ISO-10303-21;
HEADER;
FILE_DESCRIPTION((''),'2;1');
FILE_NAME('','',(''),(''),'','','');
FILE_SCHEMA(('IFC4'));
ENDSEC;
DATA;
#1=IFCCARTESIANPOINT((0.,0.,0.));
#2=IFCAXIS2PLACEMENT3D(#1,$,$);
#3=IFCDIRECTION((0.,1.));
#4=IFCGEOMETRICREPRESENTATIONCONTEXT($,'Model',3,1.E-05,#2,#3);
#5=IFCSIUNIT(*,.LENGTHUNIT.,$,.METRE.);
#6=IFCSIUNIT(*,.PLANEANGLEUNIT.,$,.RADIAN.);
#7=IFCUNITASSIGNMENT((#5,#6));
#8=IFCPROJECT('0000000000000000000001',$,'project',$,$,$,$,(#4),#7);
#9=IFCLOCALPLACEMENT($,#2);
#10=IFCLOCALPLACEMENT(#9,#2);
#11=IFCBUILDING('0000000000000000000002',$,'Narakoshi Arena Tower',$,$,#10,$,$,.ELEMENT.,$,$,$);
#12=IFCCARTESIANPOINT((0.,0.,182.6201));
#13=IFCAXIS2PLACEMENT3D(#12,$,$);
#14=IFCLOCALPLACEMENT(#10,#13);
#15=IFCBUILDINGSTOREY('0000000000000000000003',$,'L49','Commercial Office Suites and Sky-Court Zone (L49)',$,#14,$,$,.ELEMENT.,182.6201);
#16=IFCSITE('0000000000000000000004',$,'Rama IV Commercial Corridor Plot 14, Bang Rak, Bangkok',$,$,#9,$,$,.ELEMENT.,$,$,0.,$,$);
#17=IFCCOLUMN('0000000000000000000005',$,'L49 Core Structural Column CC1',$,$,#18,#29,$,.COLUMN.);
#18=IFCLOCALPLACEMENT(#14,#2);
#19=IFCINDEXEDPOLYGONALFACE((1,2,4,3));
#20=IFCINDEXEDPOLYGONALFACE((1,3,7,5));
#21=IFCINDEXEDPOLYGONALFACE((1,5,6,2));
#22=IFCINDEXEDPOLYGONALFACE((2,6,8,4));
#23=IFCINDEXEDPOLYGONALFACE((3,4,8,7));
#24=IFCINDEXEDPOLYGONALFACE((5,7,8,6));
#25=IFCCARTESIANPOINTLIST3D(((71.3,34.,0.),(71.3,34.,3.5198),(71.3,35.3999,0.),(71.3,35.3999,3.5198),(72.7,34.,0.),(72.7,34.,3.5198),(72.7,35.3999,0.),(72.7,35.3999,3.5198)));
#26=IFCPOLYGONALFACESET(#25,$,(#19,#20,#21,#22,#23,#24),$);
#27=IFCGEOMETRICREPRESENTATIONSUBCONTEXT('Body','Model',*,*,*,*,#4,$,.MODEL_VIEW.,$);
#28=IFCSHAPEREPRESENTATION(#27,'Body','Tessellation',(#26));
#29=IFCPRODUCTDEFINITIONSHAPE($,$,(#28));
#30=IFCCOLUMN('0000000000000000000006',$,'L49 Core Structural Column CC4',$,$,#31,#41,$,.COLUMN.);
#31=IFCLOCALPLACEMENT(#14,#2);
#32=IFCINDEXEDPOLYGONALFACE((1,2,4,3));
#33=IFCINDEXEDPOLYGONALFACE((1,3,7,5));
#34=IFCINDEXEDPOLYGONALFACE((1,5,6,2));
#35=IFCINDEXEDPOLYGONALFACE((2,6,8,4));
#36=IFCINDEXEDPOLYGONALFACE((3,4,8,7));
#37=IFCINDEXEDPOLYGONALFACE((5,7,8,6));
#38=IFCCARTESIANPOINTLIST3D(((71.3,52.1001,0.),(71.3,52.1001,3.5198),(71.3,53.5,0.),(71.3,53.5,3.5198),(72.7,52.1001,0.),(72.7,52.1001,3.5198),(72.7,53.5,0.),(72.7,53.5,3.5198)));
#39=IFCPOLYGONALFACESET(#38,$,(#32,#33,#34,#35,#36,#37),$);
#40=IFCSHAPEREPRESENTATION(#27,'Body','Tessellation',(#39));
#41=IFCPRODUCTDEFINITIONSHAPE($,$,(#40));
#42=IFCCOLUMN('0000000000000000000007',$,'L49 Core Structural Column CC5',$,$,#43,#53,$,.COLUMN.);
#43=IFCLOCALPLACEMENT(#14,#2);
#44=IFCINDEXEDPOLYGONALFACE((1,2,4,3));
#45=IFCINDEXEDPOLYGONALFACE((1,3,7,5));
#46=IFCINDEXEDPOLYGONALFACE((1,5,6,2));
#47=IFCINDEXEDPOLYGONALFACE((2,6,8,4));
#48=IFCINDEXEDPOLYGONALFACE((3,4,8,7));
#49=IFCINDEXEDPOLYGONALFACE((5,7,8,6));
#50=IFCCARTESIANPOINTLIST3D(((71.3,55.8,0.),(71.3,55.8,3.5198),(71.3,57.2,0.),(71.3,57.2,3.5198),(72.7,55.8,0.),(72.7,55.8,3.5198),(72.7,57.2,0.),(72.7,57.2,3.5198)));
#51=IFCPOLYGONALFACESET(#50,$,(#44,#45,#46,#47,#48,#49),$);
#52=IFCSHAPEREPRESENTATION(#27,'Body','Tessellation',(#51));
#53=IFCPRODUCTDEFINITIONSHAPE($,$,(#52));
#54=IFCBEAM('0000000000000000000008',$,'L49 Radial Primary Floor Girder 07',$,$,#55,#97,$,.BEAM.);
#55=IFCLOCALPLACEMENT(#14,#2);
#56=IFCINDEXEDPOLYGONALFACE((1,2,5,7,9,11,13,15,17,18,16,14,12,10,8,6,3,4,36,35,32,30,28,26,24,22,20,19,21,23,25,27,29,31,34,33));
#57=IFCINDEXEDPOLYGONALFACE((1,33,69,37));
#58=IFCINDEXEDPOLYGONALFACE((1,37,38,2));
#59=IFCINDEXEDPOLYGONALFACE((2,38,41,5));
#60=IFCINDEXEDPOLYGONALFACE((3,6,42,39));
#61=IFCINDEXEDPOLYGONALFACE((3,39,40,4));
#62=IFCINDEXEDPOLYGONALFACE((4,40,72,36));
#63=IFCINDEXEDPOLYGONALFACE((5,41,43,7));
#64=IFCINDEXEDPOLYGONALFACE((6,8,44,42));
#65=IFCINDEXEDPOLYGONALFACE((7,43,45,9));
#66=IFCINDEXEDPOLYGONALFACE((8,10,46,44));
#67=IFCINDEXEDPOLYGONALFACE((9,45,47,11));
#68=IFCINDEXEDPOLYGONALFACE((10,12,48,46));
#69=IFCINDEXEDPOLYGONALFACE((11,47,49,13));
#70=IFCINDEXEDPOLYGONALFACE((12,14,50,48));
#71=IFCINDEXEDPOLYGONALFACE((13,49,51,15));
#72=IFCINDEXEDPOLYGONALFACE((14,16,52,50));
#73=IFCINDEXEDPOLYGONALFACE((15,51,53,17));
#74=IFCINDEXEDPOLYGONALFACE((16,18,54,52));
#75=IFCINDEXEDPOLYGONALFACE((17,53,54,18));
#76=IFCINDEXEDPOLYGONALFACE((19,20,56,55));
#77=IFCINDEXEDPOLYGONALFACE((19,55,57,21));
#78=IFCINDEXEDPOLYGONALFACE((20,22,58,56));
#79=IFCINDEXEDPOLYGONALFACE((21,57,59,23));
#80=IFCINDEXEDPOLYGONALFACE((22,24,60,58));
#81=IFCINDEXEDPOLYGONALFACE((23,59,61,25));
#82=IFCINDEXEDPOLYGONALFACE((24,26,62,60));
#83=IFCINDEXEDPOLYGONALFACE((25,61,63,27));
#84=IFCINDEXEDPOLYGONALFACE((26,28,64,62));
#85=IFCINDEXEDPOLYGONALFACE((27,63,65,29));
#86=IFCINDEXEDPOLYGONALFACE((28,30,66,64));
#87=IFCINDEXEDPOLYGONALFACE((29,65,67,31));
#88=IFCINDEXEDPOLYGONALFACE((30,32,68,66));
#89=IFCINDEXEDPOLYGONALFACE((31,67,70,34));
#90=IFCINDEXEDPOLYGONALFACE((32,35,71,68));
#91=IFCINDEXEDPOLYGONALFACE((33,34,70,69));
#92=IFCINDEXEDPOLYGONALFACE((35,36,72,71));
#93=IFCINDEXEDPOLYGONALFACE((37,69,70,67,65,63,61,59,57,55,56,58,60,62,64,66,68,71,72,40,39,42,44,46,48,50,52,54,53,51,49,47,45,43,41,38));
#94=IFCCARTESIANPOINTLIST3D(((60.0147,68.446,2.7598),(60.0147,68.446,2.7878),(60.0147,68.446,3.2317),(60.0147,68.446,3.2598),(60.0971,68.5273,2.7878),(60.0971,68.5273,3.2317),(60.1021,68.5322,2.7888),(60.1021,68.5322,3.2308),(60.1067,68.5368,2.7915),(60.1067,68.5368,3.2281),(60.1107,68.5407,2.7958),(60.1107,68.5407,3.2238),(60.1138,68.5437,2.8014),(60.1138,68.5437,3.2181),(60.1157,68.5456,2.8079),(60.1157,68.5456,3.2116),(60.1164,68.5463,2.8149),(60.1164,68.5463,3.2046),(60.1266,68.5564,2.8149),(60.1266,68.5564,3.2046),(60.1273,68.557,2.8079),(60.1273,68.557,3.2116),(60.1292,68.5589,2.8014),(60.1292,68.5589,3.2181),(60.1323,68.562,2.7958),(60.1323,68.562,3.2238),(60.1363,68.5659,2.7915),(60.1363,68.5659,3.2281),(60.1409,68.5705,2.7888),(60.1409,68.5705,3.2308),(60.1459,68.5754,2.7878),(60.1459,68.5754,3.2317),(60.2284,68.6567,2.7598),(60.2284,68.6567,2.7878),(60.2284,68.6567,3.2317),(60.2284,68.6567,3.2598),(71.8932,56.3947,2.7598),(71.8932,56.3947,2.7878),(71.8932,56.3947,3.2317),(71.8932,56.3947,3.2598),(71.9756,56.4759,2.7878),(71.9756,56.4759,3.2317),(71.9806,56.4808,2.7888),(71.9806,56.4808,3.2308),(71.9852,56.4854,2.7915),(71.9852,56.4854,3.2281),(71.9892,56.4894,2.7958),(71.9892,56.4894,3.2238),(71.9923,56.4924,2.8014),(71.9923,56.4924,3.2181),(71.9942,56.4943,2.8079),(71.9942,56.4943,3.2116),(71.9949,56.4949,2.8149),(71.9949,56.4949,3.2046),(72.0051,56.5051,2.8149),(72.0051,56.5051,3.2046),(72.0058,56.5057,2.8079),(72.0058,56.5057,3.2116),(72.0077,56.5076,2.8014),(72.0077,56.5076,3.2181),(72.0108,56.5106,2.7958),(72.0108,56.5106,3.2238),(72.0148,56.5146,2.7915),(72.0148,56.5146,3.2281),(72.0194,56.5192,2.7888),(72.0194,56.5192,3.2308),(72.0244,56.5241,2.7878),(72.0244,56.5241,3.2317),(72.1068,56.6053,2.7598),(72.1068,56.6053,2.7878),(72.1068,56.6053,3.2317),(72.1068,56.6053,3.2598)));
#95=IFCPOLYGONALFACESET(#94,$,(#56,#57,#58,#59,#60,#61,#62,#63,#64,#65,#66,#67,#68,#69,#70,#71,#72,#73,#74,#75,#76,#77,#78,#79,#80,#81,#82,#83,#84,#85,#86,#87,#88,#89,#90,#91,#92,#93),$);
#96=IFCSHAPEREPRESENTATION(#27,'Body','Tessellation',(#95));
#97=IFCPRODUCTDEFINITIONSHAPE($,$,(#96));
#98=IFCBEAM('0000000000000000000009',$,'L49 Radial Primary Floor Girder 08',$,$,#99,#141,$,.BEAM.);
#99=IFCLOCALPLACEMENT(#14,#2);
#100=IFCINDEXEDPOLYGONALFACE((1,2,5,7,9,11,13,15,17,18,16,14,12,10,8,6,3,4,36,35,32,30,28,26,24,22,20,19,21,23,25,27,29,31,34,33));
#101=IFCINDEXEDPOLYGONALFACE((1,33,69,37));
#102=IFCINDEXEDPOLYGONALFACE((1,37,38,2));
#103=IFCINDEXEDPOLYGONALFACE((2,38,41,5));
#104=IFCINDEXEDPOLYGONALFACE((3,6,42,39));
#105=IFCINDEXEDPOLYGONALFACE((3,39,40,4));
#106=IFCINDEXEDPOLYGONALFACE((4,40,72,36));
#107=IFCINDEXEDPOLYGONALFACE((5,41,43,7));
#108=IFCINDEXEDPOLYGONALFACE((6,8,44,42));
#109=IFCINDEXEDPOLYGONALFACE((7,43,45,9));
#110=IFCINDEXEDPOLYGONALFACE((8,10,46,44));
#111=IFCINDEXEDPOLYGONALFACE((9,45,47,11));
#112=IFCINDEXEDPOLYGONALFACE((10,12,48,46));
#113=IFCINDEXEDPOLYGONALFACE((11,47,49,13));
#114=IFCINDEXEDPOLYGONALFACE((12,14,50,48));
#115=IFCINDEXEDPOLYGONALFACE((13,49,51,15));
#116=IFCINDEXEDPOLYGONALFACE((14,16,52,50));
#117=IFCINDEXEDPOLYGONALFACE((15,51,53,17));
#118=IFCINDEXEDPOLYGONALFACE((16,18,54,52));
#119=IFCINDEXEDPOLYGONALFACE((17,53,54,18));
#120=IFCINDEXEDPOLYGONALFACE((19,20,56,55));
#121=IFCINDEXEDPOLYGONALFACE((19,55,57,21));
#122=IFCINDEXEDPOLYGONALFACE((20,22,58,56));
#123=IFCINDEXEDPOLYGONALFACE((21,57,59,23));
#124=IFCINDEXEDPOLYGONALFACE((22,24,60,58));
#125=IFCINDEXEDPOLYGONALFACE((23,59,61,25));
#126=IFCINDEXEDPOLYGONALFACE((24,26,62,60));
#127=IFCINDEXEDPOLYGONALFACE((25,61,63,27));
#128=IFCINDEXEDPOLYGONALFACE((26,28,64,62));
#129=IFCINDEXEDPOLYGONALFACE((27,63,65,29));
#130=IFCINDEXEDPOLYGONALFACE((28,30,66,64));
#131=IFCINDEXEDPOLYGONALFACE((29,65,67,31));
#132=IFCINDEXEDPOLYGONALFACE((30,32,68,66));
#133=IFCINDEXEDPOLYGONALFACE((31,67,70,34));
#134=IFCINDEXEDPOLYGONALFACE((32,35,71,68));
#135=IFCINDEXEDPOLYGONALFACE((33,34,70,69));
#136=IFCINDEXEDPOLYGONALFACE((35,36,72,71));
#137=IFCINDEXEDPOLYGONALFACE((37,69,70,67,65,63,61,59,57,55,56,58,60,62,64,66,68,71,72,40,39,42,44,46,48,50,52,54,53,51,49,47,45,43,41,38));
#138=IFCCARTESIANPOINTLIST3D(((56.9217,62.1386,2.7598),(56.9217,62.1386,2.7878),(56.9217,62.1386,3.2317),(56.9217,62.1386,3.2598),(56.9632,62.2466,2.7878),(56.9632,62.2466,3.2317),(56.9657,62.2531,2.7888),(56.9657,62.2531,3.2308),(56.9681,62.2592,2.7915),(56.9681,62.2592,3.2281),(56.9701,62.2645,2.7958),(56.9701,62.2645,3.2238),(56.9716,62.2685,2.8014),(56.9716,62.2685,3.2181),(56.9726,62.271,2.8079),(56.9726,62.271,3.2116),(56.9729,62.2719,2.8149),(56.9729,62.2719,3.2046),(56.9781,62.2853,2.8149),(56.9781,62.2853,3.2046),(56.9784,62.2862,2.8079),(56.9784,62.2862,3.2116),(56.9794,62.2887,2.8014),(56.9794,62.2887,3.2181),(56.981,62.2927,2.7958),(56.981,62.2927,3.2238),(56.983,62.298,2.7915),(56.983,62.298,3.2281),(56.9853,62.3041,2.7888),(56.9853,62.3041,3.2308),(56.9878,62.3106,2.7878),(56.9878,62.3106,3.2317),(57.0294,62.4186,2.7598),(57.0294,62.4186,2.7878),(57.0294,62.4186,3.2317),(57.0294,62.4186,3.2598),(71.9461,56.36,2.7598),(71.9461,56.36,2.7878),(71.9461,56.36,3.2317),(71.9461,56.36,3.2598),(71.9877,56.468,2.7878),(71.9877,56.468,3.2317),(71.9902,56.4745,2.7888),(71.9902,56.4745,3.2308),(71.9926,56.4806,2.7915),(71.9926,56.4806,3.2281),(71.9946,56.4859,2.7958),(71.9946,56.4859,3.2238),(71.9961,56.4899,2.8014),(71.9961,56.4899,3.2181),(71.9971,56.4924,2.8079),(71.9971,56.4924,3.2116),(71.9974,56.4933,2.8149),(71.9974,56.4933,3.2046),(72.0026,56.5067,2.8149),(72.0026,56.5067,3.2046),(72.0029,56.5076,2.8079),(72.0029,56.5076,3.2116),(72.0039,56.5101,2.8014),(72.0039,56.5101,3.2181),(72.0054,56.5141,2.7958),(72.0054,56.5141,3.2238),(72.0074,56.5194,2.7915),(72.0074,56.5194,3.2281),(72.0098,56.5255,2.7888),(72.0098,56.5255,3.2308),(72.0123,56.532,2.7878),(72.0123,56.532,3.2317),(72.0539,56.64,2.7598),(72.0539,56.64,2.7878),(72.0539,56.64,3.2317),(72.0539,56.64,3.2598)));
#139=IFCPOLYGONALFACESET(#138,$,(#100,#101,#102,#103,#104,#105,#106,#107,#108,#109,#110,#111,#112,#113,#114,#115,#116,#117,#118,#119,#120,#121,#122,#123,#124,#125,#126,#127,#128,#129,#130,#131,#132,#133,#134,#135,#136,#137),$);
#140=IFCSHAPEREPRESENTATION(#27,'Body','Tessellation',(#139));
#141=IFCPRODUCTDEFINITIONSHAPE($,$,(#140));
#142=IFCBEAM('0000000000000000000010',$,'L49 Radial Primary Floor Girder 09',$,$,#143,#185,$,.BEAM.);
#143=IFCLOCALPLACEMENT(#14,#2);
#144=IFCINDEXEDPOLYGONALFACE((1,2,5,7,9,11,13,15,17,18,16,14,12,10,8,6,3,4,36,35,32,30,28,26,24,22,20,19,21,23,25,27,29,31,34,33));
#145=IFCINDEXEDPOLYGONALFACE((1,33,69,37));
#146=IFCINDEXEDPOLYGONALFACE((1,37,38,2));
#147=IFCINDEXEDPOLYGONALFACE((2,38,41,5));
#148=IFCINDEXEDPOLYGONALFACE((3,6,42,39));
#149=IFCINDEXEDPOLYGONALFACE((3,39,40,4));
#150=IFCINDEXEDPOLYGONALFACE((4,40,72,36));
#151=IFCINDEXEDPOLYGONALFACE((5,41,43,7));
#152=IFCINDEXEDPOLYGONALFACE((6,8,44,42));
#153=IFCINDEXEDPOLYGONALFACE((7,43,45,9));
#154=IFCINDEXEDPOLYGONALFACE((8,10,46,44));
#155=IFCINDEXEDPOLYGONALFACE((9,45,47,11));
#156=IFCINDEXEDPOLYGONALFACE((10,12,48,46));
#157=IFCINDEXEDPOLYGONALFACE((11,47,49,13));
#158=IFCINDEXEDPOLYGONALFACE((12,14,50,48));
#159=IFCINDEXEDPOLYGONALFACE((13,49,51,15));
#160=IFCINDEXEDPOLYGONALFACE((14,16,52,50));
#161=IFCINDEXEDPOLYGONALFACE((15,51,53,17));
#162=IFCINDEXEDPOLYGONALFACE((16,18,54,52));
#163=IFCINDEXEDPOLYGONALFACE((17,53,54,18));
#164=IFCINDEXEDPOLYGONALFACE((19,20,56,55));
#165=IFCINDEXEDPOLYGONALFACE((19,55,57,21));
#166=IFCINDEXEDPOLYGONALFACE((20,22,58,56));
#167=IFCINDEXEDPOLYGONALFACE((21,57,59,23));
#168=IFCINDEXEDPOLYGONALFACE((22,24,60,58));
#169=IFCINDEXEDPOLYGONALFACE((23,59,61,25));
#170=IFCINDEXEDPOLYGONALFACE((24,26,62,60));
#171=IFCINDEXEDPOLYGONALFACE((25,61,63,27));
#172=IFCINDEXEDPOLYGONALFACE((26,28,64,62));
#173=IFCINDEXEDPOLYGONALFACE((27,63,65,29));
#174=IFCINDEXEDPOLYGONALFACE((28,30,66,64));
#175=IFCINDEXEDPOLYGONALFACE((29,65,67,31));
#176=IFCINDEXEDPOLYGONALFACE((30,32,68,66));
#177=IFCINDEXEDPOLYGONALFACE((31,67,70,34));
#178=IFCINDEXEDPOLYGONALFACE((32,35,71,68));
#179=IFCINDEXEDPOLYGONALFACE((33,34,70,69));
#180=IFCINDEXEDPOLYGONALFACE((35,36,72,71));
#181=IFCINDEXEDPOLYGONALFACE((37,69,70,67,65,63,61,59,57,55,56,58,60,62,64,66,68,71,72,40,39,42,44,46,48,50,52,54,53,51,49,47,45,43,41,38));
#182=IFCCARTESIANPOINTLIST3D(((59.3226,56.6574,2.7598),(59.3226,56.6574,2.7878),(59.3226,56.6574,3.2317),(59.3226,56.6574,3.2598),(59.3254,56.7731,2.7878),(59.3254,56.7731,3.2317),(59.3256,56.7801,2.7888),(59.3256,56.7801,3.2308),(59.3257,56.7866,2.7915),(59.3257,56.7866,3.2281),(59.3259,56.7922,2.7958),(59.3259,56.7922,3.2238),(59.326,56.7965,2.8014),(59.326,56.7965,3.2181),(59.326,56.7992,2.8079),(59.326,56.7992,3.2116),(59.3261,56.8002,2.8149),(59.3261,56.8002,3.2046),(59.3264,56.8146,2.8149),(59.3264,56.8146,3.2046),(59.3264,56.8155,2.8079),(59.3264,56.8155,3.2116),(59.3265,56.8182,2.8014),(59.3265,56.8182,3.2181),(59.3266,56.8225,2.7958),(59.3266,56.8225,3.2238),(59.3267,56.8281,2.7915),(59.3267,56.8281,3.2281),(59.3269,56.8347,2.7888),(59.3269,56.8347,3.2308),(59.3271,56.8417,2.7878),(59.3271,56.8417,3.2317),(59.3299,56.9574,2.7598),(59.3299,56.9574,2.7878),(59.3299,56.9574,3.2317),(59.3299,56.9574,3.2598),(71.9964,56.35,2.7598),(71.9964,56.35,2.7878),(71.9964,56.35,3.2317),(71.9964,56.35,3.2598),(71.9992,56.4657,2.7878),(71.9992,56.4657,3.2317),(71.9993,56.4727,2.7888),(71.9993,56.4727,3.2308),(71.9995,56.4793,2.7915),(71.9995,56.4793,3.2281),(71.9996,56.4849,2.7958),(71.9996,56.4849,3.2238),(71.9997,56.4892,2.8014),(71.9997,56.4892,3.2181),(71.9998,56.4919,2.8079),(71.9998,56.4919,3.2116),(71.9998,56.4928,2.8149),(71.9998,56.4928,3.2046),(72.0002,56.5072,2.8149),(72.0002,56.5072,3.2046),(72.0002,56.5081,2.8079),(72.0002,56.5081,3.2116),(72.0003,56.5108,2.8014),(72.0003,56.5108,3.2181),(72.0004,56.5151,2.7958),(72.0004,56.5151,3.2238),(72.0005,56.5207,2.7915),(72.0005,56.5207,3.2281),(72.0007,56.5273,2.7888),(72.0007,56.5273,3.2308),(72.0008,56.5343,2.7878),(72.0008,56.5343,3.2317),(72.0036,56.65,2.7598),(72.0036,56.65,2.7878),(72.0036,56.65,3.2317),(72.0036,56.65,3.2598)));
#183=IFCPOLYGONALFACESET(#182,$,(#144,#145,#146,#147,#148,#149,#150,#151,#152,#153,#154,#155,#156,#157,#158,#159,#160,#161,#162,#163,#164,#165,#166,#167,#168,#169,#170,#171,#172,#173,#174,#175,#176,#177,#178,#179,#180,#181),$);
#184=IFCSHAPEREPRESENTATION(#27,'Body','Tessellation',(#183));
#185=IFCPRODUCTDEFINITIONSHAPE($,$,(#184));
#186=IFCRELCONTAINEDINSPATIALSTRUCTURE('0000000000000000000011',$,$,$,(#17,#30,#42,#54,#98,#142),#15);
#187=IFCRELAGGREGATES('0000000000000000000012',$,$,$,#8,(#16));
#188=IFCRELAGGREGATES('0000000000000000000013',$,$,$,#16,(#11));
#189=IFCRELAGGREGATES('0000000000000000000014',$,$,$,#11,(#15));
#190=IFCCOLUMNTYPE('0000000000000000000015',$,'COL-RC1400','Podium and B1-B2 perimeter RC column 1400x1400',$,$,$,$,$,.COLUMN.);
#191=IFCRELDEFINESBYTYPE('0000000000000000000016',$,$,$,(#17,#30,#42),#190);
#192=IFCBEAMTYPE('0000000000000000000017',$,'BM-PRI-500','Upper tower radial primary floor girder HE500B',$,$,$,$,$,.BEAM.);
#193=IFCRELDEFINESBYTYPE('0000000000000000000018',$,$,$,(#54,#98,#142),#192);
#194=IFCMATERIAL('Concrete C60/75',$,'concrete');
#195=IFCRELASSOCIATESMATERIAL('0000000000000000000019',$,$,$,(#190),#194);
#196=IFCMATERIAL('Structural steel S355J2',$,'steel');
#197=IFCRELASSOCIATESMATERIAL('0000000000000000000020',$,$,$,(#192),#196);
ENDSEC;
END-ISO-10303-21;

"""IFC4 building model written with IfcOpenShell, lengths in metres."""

from ifc_helpers import new_model, si_unit, direction, frame, origin, origin_2d, place, context, subcontext, project, spatial, rectangle, i_section, extrude, material, material_profile, profile_set, type_object, element, save


model = new_model("IFC4")

# Units and contexts
model_context = context("Model", 3, precision=1e-05, world=origin(), true_north=direction((0.0, 1.0)))
body_context = subcontext(model_context, "Body", "Model", "MODEL_VIEW")
ifc_project = project(units=[si_unit("LENGTHUNIT", "METRE"), si_unit("PLANEANGLEUNIT", "RADIAN")], contexts=[model_context])

# Site, building, storey
site_placement = place(None, origin())
site = spatial("IfcSite", under=ifc_project, at=site_placement, Name="Rama IV Commercial Corridor Plot 14, Bang Rak, Bangkok", CompositionType="ELEMENT", RefElevation=0.0)
building_placement = place(site_placement, origin())
building = spatial("IfcBuilding", under=site, at=building_placement, Name="Narakoshi Arena Tower", CompositionType="ELEMENT")
storey_placement = place(building_placement, frame((0.0, 0.0, 182.6201)))
storey = spatial("IfcBuildingStorey", under=building, at=storey_placement, Name="L49", Description="Commercial Office Suites and Sky-Court Zone (L49)", CompositionType="ELEMENT", Elevation=182.6201)

# Columns
ifc_material_1 = material(Name="Concrete C60/75", Category="concrete")
ifc_material_profile_1 = material_profile(ifc_material_1, rectangle(XDim=1.3999, YDim=1.3999, at=origin_2d()), Name="RC1400x1400")
ifc_profile_set_1 = profile_set([ifc_material_profile_1], Name="Concrete C60/75")
column_type = type_object("IfcColumnType", Name="COL-RC1400", Description="Podium and B1-B2 perimeter RC column 1400x1400", PredefinedType="COLUMN", material=ifc_profile_set_1)
for number, where, z_axis, x_axis, name in (
    (1, (72.0, 34.7, 0.0), (0.0, 0.0, 1.0), (1.0, 0.0, 0.0), "L49 Core Structural Column CC1"),
    (2, (72.0, 52.8, 0.0), (0.0, 0.0, 1.0), (1.0, 0.0, 0.0), "L49 Core Structural Column CC4"),
    (3, (72.0, 56.5, 0.0), (0.0, 0.0, 1.0), (1.0, 0.0, 0.0), "L49 Core Structural Column CC5"),
):
    element("IfcColumn", number, at=place(storey_placement, frame(where, z_axis=z_axis, x_axis=x_axis)), inside=storey, type_object=column_type, Name=name, PredefinedType="COLUMN", context=body_context, shape_type="SweptSolid", body=[
        extrude(rectangle(XDim=1.3999, YDim=1.3999, at=origin_2d()), origin(), (0.0, 0.0, 1.0), 3.5198),
    ])

# Beams
ifc_material_2 = material(Name="Structural steel S355J2", Category="steel")
ifc_material_profile_2 = material_profile(ifc_material_2, i_section(OverallWidth=0.3, OverallDepth=0.5, WebThickness=0.0144, FlangeThickness=0.0281, FilletRadius=0.0271, at=origin_2d()), Name="HE500B")
ifc_profile_set_2 = profile_set([ifc_material_profile_2], Name="Structural steel S355J2")
beam_type_1 = type_object("IfcBeamType", Name="BM-PRI-500", Description="Upper tower radial primary floor girder HE500B", PredefinedType="BEAM", material=ifc_profile_set_2)
beam_1_placement = place(storey_placement, frame((72.0, 56.5, 3.0098), z_axis=(-0.701981, 0.712196, 0.0), x_axis=(-0.712196, -0.701981, 0.0)))
element("IfcBeam", 4, at=beam_1_placement, inside=storey, type_object=beam_type_1, Name="L49 Radial Primary Floor Girder 07", PredefinedType="BEAM", context=body_context, shape_type="SweptSolid", body=[
    extrude(i_section(OverallWidth=0.3, OverallDepth=0.5, WebThickness=0.0144, FlangeThickness=0.0281, FilletRadius=0.0271, at=origin_2d()), origin(), (0.0, 0.0, 1.0), 16.9214),
])
beam_2_placement = place(storey_placement, frame((72.0, 56.5, 3.0098), z_axis=(-0.933347, 0.358976, 0.0), x_axis=(-0.358976, -0.933347, 0.0)))
element("IfcBeam", 5, at=beam_2_placement, inside=storey, type_object=beam_type_1, Name="L49 Radial Primary Floor Girder 08", PredefinedType="BEAM", context=body_context, shape_type="SweptSolid", body=[
    extrude(i_section(OverallWidth=0.3, OverallDepth=0.5, WebThickness=0.0144, FlangeThickness=0.0281, FilletRadius=0.0271, at=origin_2d()), origin(), (0.0, 0.0, 1.0), 16.0974),
])
beam_3_placement = place(storey_placement, frame((72.0, 56.5, 3.0098), z_axis=(-0.999706, 0.024245, 0.0), x_axis=(-0.024245, -0.999706, 0.0)))
element("IfcBeam", 6, at=beam_3_placement, inside=storey, type_object=beam_type_1, Name="L49 Radial Primary Floor Girder 09", PredefinedType="BEAM", context=body_context, shape_type="SweptSolid", body=[
    extrude(i_section(OverallWidth=0.3, OverallDepth=0.5, WebThickness=0.0144, FlangeThickness=0.0281, FilletRadius=0.0271, at=origin_2d()), origin(), (0.0, 0.0, 1.0), 12.6775),
])

save(model, "model.ifc")
